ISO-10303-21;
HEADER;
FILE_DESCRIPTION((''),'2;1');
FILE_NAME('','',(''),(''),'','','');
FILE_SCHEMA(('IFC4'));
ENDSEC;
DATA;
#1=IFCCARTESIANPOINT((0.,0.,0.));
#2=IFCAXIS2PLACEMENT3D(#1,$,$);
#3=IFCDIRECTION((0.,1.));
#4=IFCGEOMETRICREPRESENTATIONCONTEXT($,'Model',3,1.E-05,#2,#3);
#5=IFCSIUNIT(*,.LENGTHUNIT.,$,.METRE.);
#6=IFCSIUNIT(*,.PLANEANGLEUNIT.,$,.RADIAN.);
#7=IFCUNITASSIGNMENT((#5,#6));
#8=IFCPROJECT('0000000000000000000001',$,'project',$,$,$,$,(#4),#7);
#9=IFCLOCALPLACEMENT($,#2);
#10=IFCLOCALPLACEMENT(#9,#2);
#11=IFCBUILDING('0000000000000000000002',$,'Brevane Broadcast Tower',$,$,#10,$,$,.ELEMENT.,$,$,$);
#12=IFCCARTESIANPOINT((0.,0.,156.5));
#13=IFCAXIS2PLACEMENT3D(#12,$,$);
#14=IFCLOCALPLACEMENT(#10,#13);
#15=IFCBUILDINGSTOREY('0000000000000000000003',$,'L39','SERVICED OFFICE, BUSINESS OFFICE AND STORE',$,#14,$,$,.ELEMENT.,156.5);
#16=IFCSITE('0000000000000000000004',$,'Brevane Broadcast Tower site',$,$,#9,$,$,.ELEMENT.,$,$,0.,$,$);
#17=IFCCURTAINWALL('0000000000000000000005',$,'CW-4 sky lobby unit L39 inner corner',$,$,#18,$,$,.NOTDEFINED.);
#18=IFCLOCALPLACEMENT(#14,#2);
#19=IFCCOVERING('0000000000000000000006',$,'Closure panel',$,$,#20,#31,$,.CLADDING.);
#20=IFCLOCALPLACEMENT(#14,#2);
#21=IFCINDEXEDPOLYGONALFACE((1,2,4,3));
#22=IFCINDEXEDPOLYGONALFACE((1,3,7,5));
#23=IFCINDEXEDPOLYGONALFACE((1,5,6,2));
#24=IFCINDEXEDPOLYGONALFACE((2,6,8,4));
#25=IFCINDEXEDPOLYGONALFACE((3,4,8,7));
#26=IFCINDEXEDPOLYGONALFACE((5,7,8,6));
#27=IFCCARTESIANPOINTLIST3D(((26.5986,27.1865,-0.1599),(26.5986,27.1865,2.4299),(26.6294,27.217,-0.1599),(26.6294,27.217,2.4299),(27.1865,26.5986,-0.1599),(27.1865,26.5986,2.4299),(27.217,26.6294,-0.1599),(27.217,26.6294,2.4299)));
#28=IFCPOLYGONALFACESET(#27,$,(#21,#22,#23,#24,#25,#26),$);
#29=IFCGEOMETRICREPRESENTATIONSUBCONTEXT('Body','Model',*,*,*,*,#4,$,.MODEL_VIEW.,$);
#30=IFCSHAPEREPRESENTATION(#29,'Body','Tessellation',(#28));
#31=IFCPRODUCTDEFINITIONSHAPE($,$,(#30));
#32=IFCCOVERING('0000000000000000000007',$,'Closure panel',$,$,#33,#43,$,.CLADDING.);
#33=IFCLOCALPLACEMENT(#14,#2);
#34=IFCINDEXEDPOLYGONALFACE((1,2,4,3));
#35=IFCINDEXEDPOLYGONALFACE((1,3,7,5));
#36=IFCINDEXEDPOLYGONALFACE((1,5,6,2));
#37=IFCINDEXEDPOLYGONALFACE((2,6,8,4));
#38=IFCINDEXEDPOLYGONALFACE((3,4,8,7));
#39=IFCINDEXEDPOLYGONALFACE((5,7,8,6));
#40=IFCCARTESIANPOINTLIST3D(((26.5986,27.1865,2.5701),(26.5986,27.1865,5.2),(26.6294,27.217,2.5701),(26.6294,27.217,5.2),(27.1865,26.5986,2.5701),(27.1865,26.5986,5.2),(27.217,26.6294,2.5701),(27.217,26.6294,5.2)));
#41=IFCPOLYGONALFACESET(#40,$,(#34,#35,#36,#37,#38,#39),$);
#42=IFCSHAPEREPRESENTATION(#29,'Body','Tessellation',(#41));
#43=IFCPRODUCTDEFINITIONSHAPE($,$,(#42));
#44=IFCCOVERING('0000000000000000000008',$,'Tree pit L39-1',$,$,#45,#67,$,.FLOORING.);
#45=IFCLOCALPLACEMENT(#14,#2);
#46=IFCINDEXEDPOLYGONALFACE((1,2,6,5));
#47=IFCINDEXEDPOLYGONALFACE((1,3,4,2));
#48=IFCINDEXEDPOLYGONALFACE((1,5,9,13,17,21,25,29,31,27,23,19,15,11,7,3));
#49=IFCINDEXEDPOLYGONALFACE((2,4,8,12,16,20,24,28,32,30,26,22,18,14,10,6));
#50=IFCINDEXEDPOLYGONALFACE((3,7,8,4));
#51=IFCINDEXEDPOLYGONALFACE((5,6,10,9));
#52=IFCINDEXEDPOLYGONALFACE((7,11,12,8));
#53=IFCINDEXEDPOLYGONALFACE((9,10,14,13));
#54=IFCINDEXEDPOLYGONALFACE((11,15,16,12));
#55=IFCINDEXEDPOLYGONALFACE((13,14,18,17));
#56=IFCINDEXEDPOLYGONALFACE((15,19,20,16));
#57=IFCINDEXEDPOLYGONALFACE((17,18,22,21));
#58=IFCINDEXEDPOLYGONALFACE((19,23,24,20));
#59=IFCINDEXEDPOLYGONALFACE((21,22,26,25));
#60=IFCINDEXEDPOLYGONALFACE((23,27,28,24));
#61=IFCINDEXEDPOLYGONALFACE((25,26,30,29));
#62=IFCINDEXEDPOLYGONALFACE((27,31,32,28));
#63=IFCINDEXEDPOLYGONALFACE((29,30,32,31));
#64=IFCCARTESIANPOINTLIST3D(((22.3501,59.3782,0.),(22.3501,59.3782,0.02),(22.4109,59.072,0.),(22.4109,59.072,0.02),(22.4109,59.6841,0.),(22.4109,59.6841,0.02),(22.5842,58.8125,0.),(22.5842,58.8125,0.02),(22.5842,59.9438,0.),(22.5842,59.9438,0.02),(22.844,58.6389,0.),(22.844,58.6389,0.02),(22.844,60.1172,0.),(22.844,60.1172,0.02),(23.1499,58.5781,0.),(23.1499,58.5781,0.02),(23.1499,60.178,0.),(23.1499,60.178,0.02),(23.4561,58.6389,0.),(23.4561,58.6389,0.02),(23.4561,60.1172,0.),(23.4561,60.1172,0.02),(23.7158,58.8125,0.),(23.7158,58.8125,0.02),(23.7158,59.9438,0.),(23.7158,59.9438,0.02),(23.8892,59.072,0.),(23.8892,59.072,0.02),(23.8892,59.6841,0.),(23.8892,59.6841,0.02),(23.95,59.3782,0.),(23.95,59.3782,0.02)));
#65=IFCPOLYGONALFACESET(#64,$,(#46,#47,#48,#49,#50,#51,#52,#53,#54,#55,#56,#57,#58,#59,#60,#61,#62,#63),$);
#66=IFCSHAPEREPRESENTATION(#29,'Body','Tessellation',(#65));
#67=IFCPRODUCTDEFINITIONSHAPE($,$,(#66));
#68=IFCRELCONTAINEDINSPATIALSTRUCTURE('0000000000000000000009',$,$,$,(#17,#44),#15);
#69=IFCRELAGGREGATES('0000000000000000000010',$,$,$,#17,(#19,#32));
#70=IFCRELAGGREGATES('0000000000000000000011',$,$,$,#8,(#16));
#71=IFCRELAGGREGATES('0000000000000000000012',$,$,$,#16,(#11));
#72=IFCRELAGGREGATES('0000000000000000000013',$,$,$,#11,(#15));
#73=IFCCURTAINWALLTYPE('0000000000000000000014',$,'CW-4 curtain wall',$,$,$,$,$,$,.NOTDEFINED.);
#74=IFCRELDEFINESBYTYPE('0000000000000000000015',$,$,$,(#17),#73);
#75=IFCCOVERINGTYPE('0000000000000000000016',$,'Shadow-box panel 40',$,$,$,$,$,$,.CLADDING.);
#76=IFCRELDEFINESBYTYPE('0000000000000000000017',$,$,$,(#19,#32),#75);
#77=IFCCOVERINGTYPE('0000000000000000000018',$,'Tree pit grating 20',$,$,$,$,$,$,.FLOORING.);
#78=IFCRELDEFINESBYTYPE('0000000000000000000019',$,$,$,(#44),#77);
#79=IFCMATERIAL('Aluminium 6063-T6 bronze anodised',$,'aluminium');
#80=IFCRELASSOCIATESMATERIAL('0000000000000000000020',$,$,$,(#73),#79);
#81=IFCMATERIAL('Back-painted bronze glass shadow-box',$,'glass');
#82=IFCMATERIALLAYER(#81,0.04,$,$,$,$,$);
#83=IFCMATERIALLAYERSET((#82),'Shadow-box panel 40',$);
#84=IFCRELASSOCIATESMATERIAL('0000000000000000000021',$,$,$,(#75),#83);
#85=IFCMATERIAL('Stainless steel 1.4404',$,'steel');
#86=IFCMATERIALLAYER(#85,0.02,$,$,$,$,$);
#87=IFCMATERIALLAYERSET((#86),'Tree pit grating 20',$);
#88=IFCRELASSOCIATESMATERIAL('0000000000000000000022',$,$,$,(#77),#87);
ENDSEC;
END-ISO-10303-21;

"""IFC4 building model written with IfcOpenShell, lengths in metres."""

from ifc_helpers import new_model, si_unit, direction, frame, origin, place, context, subcontext, project, spatial, polyline, outline, extrude, material, layer, layer_set, type_object, element, aggregate, save


model = new_model("IFC4")

# Units and contexts
model_context = context("Model", 3, precision=1e-05, world=origin(), true_north=direction((0.0, 1.0)))
body_context = subcontext(model_context, "Body", "Model", "MODEL_VIEW")
ifc_project = project(units=[si_unit("LENGTHUNIT", "METRE"), si_unit("PLANEANGLEUNIT", "RADIAN")], contexts=[model_context])

# Site, building, storey
site_placement = place(None, origin())
site = spatial("IfcSite", under=ifc_project, at=site_placement, Name="Brevane Broadcast Tower site", CompositionType="ELEMENT", RefElevation=0.0)
building_placement = place(site_placement, origin())
building = spatial("IfcBuilding", under=site, at=building_placement, Name="Brevane Broadcast Tower", CompositionType="ELEMENT")
storey_placement = place(building_placement, frame((0.0, 0.0, 156.5)))
storey = spatial("IfcBuildingStorey", under=building, at=storey_placement, Name="L39", Description="SERVICED OFFICE, BUSINESS OFFICE AND STORE", CompositionType="ELEMENT", Elevation=156.5)

# Shared definitions
ifc_material_1 = material(Name="Aluminium 6063-T6 bronze anodised", Category="aluminium")
curtain_wall_type = type_object("IfcCurtainWallType", Name="CW-4 curtain wall", PredefinedType="NOTDEFINED", material=ifc_material_1)

# Curtain wall, coverings
curtain_wall_1_placement = place(storey_placement, origin())
curtain_wall_1 = element("IfcCurtainWall", 1, at=curtain_wall_1_placement, inside=storey, type_object=curtain_wall_type, Name="CW-4 sky lobby unit L39 inner corner", PredefinedType="NOTDEFINED")
ifc_material_2 = material(Name="Back-painted bronze glass shadow-box", Category="glass")
ifc_layer_1 = layer(ifc_material_2, 0.04)
ifc_layer_set_1 = layer_set([ifc_layer_1], Name="Shadow-box panel 40")
covering_type_1 = type_object("IfcCoveringType", Name="Shadow-box panel 40", PredefinedType="CLADDING", material=ifc_layer_set_1)
covering_1_placement = place(storey_placement, frame((0.0, 0.0, -0.1599)))
covering_1 = element("IfcCovering", 2, at=covering_1_placement, type_object=covering_type_1, Name="Closure panel", PredefinedType="CLADDING", context=body_context, shape_type="SweptSolid", body=[
    extrude(outline(polyline([(27.1865, 26.5986), (27.217, 26.6294), (26.6294, 27.217), (26.5986, 27.1865), (27.1865, 26.5986)])), origin(), (0.0, 0.0, 1.0), 2.5898),
])
covering_2_placement = place(storey_placement, frame((0.0, 0.0, 2.5701)))
covering_2 = element("IfcCovering", 3, at=covering_2_placement, type_object=covering_type_1, Name="Closure panel", PredefinedType="CLADDING", context=body_context, shape_type="SweptSolid", body=[
    extrude(outline(polyline([(27.1865, 26.5986), (27.217, 26.6294), (26.6294, 27.217), (26.5986, 27.1865), (27.1865, 26.5986)])), origin(), (0.0, 0.0, 1.0), 2.6299),
])
aggregate(curtain_wall_1, [covering_1, covering_2])

# Covering
ifc_material_3 = material(Name="Stainless steel 1.4404", Category="steel")
ifc_layer_2 = layer(ifc_material_3, 0.02)
ifc_layer_set_2 = layer_set([ifc_layer_2], Name="Tree pit grating 20")
covering_type_2 = type_object("IfcCoveringType", Name="Tree pit grating 20", PredefinedType="FLOORING", material=ifc_layer_set_2)
covering_3_placement = place(storey_placement, origin())
element("IfcCovering", 4, at=covering_3_placement, inside=storey, type_object=covering_type_2, Name="Tree pit L39-1", PredefinedType="FLOORING", context=body_context, shape_type="SweptSolid", body=[
    extrude(outline(polyline([(23.95, 59.3782), (23.8892, 59.6841), (23.7158, 59.9438), (23.4561, 60.1172), (23.1499, 60.178), (22.844, 60.1172), (22.5842, 59.9438), (22.4109, 59.6841), (22.3501, 59.3782), (22.4109, 59.072), (22.5842, 58.8125), (22.844, 58.6389), (23.1499, 58.5781), (23.4561, 58.6389), (23.7158, 58.8125), (23.8892, 59.072), (23.95, 59.3782)])), origin(), (0.0, 0.0, 1.0), 0.02),
])

save(model, "model.ifc")
